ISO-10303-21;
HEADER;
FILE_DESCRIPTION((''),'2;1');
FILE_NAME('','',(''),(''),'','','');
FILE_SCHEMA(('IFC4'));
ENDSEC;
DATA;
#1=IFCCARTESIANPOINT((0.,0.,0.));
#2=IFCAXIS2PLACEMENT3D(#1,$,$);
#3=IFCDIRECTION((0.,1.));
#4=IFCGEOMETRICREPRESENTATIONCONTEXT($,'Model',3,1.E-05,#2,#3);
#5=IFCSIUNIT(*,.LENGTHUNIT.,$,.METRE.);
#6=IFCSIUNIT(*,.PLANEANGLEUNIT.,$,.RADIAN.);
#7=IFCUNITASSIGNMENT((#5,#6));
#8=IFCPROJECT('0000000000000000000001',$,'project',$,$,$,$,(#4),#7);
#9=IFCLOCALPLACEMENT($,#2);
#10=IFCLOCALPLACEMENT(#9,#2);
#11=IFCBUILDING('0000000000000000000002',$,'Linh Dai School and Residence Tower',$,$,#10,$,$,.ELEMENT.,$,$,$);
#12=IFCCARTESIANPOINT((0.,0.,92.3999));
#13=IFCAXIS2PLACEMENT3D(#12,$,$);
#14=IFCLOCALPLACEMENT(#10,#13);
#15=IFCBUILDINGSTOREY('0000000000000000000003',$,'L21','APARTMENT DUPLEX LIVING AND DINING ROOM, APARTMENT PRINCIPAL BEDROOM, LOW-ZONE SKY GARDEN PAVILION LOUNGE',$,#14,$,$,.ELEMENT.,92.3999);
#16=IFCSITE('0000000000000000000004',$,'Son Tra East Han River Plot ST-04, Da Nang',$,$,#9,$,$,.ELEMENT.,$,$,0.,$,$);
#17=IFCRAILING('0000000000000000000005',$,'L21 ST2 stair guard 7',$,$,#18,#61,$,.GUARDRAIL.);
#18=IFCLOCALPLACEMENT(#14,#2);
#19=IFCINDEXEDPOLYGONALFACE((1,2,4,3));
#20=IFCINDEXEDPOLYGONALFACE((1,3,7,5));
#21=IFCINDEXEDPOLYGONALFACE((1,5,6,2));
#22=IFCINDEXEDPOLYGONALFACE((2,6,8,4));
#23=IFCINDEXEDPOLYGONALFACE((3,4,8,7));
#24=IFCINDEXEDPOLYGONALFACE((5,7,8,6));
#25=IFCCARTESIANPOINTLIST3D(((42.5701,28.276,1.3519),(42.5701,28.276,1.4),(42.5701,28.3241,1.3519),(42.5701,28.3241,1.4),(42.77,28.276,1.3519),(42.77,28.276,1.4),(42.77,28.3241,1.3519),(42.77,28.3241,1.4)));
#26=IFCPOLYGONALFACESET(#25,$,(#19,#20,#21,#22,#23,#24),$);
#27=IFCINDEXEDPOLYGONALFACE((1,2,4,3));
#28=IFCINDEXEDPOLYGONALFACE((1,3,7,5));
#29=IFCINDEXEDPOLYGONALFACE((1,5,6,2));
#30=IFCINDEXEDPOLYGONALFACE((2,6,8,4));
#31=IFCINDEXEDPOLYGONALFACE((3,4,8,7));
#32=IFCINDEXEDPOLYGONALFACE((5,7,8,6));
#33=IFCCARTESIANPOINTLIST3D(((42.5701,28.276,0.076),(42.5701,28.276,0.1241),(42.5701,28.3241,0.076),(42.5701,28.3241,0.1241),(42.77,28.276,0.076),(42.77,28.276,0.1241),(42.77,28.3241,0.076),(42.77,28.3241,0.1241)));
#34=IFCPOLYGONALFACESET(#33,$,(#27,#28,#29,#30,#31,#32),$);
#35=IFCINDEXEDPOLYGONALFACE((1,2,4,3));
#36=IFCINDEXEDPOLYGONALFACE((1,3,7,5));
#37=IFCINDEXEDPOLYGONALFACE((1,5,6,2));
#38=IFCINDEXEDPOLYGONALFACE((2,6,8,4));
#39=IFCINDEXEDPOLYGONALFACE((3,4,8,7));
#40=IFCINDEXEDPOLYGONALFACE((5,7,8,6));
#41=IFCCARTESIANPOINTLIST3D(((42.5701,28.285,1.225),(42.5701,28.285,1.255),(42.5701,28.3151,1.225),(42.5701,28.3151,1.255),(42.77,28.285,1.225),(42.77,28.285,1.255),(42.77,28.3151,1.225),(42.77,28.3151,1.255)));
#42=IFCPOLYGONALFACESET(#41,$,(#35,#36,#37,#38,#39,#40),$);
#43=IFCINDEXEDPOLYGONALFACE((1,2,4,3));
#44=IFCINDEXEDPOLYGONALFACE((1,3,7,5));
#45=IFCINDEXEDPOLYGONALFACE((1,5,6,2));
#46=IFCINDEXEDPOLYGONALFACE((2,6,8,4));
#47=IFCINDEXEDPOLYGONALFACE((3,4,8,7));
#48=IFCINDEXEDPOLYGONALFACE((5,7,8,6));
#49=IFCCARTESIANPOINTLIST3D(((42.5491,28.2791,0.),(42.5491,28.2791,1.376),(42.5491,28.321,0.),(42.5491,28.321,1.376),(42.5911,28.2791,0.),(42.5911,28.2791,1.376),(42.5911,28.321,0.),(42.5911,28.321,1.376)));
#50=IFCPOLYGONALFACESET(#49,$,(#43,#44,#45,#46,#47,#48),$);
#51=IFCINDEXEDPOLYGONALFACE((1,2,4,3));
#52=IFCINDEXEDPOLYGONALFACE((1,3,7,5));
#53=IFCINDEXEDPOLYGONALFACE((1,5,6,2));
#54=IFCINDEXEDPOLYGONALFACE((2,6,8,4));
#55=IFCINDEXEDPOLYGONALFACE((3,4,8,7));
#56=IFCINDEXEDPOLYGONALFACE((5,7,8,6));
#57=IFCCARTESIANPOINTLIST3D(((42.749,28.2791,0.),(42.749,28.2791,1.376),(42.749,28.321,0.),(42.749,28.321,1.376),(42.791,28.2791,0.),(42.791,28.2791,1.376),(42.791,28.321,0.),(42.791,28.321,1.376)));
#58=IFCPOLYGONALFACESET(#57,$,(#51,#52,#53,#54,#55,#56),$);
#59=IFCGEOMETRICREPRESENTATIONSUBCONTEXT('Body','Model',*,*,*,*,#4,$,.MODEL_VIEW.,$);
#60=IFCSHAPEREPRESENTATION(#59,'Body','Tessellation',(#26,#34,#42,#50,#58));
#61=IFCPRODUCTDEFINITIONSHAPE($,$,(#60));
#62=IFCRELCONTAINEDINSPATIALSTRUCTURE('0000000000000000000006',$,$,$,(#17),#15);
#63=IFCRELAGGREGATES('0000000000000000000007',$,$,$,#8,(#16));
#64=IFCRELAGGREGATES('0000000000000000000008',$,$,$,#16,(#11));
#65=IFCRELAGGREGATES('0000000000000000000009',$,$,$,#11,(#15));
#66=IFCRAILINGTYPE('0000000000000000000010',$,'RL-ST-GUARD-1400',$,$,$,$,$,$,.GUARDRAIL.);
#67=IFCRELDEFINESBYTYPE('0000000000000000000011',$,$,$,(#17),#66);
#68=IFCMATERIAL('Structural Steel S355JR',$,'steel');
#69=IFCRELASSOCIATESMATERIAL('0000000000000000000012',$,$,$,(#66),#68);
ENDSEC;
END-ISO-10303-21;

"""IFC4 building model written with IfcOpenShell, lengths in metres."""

from ifc_helpers import new_model, si_unit, direction, frame, origin, origin_2d, place, context, subcontext, project, spatial, rectangle, extrude, source, transform, mapped, material, type_object, element, save


model = new_model("IFC4")

# Units and contexts
model_context = context("Model", 3, precision=1e-05, world=origin(), true_north=direction((0.0, 1.0)))
body_context = subcontext(model_context, "Body", "Model", "MODEL_VIEW")
ifc_project = project(units=[si_unit("LENGTHUNIT", "METRE"), si_unit("PLANEANGLEUNIT", "RADIAN")], contexts=[model_context])

# Site, building, storey
site_placement = place(None, origin())
site = spatial("IfcSite", under=ifc_project, at=site_placement, Name="Son Tra East Han River Plot ST-04, Da Nang", CompositionType="ELEMENT", RefElevation=0.0)
building_placement = place(site_placement, origin())
building = spatial("IfcBuilding", under=site, at=building_placement, Name="Linh Dai School and Residence Tower", CompositionType="ELEMENT")
storey_placement = place(building_placement, frame((0.0, 0.0, 92.3999)))
storey = spatial("IfcBuildingStorey", under=building, at=storey_placement, Name="L21", Description="APARTMENT DUPLEX LIVING AND DINING ROOM, APARTMENT PRINCIPAL BEDROOM, LOW-ZONE SKY GARDEN PAVILION LOUNGE", CompositionType="ELEMENT", Elevation=92.3999)

# Shared definitions
ifc_material_1 = material(Name="Structural Steel S355JR", Category="steel")

# Railing
railing_type_1 = type_object("IfcRailingType", Name="RL-ST-GUARD-1400", PredefinedType="GUARDRAIL", material=ifc_material_1)
shared_shape_1 = source(origin(), body_context, "Body", "SweptSolid", [
    extrude(rectangle(XDim=0.0481, YDim=0.0481, at=origin_2d()), frame((0.0, 0.0, 1.376), z_axis=(1.0, 0.0, 0.0), x_axis=(0.0, 1.0, 0.0)), (0.0, 0.0, 1.0), 0.2),
    extrude(rectangle(XDim=0.0481, YDim=0.0481, at=origin_2d()), frame((0.0, 0.0, 0.1001), z_axis=(1.0, 0.0, 0.0), x_axis=(0.0, 1.0, 0.0)), (0.0, 0.0, 1.0), 0.2),
    extrude(rectangle(XDim=0.03, YDim=0.03, at=origin_2d()), frame((0.0, 0.0, 1.24), z_axis=(1.0, 0.0, 0.0), x_axis=(0.0, 1.0, 0.0)), (0.0, 0.0, 1.0), 0.2),
    extrude(rectangle(XDim=0.042, YDim=0.042, at=origin_2d()), origin(), (0.0, 0.0, 1.0), 1.376),
    extrude(rectangle(XDim=0.042, YDim=0.042, at=origin_2d()), frame((0.2, 0.0, 0.0)), (0.0, 0.0, 1.0), 1.376),
])
railing_1_placement = place(storey_placement, frame((42.5701, 28.3, 0.0)))
element("IfcRailing", 1, at=railing_1_placement, inside=storey, type_object=railing_type_1, Name="L21 ST2 stair guard 7", PredefinedType="GUARDRAIL", context=body_context, shape_type="MappedRepresentation", body=[
    mapped(shared_shape_1, transform((0.0, 0.0, 0.0), x_axis=(1.0, 0.0, 0.0), y_axis=(0.0, 1.0, 0.0), z_axis=(0.0, 0.0, 1.0), scale=1.0)),
])

save(model, "model.ifc")
